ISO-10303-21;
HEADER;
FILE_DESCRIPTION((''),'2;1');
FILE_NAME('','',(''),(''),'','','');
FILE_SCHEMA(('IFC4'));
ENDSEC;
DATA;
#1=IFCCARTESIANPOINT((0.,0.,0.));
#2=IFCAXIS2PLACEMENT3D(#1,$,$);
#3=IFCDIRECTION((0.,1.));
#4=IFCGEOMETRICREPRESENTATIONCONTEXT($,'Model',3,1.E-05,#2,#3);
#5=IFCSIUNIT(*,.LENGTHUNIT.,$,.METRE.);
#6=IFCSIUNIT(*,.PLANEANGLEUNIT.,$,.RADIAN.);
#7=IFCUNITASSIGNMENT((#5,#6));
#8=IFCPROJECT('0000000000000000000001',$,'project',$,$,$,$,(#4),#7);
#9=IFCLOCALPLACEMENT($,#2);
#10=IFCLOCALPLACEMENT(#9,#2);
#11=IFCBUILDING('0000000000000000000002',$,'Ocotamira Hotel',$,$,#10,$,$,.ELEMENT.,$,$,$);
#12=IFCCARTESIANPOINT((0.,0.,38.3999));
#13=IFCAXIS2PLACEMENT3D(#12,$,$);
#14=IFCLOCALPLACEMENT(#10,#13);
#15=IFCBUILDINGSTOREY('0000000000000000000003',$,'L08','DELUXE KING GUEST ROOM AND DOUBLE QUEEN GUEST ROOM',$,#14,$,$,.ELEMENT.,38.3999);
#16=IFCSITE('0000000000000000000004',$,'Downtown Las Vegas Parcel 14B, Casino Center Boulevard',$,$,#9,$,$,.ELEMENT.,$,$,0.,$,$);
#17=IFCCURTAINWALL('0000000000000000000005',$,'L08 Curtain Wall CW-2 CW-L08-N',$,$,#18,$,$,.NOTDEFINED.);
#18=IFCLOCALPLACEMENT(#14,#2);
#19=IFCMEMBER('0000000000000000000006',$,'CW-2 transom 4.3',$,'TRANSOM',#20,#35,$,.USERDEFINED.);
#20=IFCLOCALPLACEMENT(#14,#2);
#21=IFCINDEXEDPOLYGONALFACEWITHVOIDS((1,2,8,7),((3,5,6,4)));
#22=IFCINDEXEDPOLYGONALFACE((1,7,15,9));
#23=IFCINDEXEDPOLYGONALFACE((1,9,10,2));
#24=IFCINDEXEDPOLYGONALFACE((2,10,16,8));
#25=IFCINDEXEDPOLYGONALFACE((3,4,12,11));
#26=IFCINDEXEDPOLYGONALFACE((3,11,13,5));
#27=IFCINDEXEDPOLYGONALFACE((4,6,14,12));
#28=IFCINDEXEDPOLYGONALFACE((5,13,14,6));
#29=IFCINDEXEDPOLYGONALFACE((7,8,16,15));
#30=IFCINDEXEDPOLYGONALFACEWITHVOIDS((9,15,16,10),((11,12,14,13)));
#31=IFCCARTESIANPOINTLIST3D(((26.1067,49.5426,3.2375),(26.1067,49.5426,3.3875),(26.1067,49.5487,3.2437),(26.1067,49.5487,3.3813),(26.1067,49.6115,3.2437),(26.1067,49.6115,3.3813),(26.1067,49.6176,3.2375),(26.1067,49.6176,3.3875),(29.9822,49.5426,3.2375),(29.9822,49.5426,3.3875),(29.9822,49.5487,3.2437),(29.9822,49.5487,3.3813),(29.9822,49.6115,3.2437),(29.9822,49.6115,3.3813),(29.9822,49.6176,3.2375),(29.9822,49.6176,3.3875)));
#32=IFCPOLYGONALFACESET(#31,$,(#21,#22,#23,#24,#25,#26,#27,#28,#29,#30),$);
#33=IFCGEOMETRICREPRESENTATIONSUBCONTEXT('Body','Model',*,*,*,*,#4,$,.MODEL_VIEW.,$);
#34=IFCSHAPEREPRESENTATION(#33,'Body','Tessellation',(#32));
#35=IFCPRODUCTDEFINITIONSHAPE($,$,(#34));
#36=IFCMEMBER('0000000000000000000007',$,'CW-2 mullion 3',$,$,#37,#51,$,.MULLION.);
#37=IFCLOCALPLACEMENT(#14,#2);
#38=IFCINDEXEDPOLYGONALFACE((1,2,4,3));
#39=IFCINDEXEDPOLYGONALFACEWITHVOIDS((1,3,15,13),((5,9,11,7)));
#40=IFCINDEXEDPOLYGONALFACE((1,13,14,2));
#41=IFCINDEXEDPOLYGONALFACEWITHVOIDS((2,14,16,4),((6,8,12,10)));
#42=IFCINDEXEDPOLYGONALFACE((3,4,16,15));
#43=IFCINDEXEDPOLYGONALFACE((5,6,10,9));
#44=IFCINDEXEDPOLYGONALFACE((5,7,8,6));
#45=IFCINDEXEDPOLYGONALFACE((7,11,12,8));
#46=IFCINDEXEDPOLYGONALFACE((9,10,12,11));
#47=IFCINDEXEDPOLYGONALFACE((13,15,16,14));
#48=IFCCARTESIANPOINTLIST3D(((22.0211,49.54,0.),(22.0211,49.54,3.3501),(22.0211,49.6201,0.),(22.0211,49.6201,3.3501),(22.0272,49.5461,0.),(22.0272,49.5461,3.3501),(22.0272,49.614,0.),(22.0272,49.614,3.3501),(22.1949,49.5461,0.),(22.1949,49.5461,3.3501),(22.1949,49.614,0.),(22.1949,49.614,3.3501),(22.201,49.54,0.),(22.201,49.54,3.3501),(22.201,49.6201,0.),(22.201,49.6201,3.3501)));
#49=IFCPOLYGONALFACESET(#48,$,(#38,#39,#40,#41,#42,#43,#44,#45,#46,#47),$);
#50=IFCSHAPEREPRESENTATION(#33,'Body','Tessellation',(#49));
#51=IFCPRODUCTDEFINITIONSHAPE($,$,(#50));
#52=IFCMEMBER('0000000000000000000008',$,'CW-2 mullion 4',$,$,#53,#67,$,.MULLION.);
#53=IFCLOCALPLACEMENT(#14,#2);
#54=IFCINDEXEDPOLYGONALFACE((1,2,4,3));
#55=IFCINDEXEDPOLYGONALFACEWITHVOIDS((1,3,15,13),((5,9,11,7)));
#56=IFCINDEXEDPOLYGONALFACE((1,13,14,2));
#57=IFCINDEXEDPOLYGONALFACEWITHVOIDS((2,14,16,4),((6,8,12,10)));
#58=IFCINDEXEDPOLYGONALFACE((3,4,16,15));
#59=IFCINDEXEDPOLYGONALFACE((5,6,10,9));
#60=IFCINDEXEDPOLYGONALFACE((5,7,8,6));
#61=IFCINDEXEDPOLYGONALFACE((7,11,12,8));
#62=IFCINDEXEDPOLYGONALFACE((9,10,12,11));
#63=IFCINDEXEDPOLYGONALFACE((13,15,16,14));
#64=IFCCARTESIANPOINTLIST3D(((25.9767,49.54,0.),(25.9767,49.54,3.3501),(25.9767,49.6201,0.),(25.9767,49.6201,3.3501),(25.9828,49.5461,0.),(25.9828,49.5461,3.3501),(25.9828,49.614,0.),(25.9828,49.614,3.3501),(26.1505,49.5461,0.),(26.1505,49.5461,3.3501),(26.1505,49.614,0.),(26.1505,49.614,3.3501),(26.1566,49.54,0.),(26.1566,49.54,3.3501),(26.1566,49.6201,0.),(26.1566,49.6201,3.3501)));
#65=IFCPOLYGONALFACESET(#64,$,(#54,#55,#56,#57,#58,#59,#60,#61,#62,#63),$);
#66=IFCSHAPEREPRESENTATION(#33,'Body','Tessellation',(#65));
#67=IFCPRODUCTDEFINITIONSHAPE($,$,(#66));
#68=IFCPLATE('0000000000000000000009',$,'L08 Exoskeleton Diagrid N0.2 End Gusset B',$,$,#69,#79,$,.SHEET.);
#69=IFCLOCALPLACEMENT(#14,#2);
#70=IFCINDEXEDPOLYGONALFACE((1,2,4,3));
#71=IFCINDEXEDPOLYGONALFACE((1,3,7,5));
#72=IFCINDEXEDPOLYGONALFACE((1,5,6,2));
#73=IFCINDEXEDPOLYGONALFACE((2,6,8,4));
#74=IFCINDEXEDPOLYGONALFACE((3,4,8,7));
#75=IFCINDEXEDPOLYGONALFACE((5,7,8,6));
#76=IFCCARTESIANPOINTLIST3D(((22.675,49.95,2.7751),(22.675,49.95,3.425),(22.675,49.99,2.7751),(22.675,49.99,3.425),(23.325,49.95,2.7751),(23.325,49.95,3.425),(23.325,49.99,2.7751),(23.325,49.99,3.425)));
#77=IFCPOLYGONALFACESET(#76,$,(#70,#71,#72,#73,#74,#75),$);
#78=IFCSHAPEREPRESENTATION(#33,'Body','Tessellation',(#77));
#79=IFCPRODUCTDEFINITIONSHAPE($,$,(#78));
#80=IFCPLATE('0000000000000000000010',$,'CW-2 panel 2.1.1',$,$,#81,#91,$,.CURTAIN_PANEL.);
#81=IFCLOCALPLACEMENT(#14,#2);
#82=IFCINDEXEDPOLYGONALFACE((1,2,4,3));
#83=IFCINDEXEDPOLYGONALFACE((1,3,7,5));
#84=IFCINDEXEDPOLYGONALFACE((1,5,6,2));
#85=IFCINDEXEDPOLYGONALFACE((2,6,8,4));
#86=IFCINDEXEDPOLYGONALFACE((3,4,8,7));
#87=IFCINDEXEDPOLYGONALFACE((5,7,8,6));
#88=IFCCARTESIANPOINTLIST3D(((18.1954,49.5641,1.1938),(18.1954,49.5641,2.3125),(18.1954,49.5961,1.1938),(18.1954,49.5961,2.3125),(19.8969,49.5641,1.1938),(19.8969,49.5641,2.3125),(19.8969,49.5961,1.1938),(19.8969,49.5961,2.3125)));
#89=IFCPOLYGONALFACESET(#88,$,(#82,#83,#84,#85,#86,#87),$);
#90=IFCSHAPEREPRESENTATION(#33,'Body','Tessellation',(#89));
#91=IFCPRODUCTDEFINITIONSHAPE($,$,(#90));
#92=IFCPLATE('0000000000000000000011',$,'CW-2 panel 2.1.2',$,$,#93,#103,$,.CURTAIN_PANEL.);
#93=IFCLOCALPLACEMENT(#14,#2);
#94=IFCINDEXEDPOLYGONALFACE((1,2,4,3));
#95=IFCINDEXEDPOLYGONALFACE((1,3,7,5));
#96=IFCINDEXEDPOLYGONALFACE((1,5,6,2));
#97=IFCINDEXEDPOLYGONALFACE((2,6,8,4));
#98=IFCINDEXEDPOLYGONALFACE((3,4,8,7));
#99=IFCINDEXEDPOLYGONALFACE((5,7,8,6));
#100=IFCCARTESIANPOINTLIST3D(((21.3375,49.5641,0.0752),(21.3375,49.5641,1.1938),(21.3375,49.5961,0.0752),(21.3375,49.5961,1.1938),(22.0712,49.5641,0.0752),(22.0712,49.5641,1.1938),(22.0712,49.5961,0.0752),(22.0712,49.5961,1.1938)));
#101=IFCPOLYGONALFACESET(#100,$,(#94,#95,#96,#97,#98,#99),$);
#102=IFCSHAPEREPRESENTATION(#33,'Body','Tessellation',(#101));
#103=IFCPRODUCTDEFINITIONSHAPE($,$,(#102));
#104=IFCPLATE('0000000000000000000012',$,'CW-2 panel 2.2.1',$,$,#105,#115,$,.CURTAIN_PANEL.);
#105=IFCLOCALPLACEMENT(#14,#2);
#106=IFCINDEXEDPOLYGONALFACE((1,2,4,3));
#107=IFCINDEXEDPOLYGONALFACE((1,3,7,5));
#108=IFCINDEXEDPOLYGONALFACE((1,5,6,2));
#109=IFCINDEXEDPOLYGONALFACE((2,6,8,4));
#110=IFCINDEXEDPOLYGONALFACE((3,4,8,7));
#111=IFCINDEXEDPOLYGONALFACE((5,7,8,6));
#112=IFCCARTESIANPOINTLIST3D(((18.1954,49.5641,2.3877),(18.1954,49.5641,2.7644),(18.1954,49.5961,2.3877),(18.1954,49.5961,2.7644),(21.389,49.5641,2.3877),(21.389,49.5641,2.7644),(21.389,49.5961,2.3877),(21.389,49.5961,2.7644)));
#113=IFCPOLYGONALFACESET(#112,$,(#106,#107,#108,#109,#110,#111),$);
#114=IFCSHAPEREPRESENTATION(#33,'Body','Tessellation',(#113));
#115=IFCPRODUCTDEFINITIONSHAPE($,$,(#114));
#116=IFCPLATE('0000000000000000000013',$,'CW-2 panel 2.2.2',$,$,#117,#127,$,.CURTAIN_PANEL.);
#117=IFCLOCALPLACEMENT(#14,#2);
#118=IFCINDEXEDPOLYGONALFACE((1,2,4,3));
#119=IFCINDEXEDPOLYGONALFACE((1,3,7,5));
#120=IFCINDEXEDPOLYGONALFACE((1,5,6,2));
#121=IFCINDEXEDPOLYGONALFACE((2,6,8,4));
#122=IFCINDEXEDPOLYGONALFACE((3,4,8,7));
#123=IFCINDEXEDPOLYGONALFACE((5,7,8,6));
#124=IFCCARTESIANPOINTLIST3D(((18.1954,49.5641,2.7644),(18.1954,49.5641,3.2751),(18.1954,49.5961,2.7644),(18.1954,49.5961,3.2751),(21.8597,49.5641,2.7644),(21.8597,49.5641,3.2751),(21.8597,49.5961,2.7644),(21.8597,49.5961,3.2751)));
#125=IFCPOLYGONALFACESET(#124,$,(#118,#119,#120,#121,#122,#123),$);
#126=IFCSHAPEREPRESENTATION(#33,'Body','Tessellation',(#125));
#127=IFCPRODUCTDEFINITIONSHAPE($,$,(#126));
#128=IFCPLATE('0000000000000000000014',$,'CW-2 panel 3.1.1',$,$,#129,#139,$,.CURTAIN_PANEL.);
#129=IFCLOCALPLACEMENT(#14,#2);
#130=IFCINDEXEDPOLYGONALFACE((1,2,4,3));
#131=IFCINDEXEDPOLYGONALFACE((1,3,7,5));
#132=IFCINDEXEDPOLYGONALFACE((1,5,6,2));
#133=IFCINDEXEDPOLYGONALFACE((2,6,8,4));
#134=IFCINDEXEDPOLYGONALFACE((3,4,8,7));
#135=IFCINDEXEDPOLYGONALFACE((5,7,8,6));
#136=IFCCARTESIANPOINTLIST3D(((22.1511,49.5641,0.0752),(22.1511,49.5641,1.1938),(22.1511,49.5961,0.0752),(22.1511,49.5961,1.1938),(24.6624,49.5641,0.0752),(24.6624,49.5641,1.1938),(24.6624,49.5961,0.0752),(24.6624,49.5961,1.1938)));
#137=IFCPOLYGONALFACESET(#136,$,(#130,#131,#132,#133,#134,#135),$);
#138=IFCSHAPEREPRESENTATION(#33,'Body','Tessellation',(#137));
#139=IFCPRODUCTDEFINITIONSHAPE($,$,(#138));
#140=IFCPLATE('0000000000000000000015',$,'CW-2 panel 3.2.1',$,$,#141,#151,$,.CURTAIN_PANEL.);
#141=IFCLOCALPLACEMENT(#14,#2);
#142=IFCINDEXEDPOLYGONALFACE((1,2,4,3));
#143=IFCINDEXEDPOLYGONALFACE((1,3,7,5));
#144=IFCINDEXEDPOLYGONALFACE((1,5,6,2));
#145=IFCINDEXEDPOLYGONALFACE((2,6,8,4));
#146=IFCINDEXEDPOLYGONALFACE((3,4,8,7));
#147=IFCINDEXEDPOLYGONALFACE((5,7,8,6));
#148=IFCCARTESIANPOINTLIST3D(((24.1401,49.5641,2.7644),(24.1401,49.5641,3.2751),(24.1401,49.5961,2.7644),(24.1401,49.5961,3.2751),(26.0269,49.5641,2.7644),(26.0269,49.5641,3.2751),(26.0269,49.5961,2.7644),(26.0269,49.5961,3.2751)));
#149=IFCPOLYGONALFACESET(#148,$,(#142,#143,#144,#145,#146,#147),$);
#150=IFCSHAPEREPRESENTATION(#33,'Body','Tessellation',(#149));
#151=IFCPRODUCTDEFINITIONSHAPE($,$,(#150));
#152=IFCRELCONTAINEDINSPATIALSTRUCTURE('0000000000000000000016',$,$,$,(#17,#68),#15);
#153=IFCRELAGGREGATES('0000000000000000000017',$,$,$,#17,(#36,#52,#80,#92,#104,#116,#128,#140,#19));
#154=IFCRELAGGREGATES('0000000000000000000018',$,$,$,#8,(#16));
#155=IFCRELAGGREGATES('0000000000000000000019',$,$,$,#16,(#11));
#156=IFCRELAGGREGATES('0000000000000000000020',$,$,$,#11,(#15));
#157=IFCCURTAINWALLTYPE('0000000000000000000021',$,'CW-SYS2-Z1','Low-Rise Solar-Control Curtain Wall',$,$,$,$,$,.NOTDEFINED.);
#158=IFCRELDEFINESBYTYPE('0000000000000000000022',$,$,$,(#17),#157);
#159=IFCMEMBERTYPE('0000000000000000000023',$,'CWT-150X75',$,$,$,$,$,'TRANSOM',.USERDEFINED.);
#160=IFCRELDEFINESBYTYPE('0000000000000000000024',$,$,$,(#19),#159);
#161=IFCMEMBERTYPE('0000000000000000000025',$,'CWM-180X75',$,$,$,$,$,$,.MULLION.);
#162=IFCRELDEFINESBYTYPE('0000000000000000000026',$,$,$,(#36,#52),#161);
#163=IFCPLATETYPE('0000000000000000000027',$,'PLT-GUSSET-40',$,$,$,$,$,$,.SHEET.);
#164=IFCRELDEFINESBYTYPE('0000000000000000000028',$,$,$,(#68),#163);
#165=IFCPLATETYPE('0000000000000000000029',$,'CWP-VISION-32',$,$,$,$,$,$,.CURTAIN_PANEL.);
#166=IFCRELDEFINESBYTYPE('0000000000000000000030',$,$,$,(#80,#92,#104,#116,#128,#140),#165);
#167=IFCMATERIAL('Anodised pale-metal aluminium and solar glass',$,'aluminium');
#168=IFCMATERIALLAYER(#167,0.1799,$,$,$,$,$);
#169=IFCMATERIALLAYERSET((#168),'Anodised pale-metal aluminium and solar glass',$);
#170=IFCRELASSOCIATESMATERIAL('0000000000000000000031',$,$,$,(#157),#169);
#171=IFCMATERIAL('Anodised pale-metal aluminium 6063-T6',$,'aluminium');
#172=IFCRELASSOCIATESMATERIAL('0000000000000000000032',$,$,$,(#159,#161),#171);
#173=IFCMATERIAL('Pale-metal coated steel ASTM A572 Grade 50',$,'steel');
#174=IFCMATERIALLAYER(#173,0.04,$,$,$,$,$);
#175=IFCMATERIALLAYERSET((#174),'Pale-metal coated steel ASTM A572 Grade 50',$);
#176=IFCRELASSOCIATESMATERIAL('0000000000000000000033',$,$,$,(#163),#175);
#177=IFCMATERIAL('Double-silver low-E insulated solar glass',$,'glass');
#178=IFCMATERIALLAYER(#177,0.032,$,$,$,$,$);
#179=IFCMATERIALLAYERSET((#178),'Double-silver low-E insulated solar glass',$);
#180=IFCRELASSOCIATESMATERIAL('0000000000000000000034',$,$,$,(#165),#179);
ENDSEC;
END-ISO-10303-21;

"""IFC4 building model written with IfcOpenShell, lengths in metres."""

from ifc_helpers import new_model, si_unit, direction, frame, origin, origin_2d, place, context, subcontext, project, spatial, rectangle, hollow_rectangle, extrude, source, transform, mapped, material, layer, layer_set, material_profile, profile_set, type_object, element, aggregate, save


model = new_model("IFC4")

# Units and contexts
model_context = context("Model", 3, precision=1e-05, world=origin(), true_north=direction((0.0, 1.0)))
body_context = subcontext(model_context, "Body", "Model", "MODEL_VIEW")
ifc_project = project(units=[si_unit("LENGTHUNIT", "METRE"), si_unit("PLANEANGLEUNIT", "RADIAN")], contexts=[model_context])

# Site, building, storey
site_placement = place(None, origin())
site = spatial("IfcSite", under=ifc_project, at=site_placement, Name="Downtown Las Vegas Parcel 14B, Casino Center Boulevard", CompositionType="ELEMENT", RefElevation=0.0)
building_placement = place(site_placement, origin())
building = spatial("IfcBuilding", under=site, at=building_placement, Name="Ocotamira Hotel", CompositionType="ELEMENT")
storey_placement = place(building_placement, frame((0.0, 0.0, 38.3999)))
storey = spatial("IfcBuildingStorey", under=building, at=storey_placement, Name="L08", Description="DELUXE KING GUEST ROOM AND DOUBLE QUEEN GUEST ROOM", CompositionType="ELEMENT", Elevation=38.3999)

# Curtain wall, members
ifc_material_1 = material(Name="Anodised pale-metal aluminium and solar glass", Category="aluminium")
ifc_layer_1 = layer(ifc_material_1, 0.1799)
ifc_layer_set_1 = layer_set([ifc_layer_1], Name="Anodised pale-metal aluminium and solar glass")
curtain_wall_type = type_object("IfcCurtainWallType", Name="CW-SYS2-Z1", Description="Low-Rise Solar-Control Curtain Wall", PredefinedType="NOTDEFINED", material=ifc_layer_set_1)
curtain_wall_placement = place(storey_placement, origin())
curtain_wall = element("IfcCurtainWall", 1, at=curtain_wall_placement, inside=storey, type_object=curtain_wall_type, Name="L08 Curtain Wall CW-2 CW-L08-N", PredefinedType="NOTDEFINED")
ifc_material_2 = material(Name="Anodised pale-metal aluminium 6063-T6", Category="aluminium")
ifc_material_profile_1 = material_profile(ifc_material_2, hollow_rectangle(XDim=0.075, YDim=0.1499, WallThickness=0.0061, at=origin_2d()), Name="HSS150X75X6")
ifc_profile_set_1 = profile_set([ifc_material_profile_1], Name="Anodised pale-metal aluminium 6063-T6")
member_type_1 = type_object("IfcMemberType", Name="CWT-150X75", ElementType="TRANSOM", PredefinedType="USERDEFINED", material=ifc_profile_set_1)
shared_shape_1 = source(origin(), body_context, "Body", "SweptSolid", [
    extrude(hollow_rectangle(XDim=0.075, YDim=0.1499, WallThickness=0.0061, at=origin_2d()), origin(), (0.0, 0.0, 1.0), 3.8755),
])
member_1_placement = place(storey_placement, frame((26.1067, 49.5801, 3.3125), z_axis=(1.0, 0.0, 0.0), x_axis=(0.0, 1.0, 0.0)))
member_1 = element("IfcMember", 2, at=member_1_placement, type_object=member_type_1, Name="CW-2 transom 4.3", ObjectType="TRANSOM", PredefinedType="USERDEFINED", context=body_context, shape_type="MappedRepresentation", body=[
    mapped(shared_shape_1, transform((0.0, 0.0, 0.0), scale=1.0)),
])
ifc_material_profile_2 = material_profile(ifc_material_2, hollow_rectangle(XDim=0.0801, YDim=0.1799, WallThickness=0.0061, at=origin_2d()), Name="HSS180X80X6")
ifc_profile_set_2 = profile_set([ifc_material_profile_2], Name="Anodised pale-metal aluminium 6063-T6")
member_type_2 = type_object("IfcMemberType", Name="CWM-180X75", PredefinedType="MULLION", material=ifc_profile_set_2)
shared_shape_2 = source(origin(), body_context, "Body", "SweptSolid", [
    extrude(hollow_rectangle(XDim=0.0801, YDim=0.1799, WallThickness=0.0061, at=origin_2d()), origin(), (0.0, 0.0, 1.0), 3.3501),
])
member_2_placement = place(storey_placement, frame((22.1111, 49.5801, 0.0), z_axis=(0.0, 0.0, 1.0), x_axis=(0.0, 1.0, 0.0)))
member_2 = element("IfcMember", 3, at=member_2_placement, type_object=member_type_2, Name="CW-2 mullion 3", PredefinedType="MULLION", context=body_context, shape_type="MappedRepresentation", body=[
    mapped(shared_shape_2, transform((0.0, 0.0, 0.0), scale=1.0)),
])
member_3_placement = place(storey_placement, frame((26.0667, 49.5801, 0.0), z_axis=(0.0, 0.0, 1.0), x_axis=(0.0, 1.0, 0.0)))
member_3 = element("IfcMember", 4, at=member_3_placement, type_object=member_type_2, Name="CW-2 mullion 4", PredefinedType="MULLION", context=body_context, shape_type="MappedRepresentation", body=[
    mapped(shared_shape_2, transform((0.0, 0.0, 0.0), scale=1.0)),
])

# Plates
ifc_material_3 = material(Name="Pale-metal coated steel ASTM A572 Grade 50", Category="steel")
ifc_layer_2 = layer(ifc_material_3, 0.04)
ifc_layer_set_2 = layer_set([ifc_layer_2], Name="Pale-metal coated steel ASTM A572 Grade 50")
plate_type_1 = type_object("IfcPlateType", Name="PLT-GUSSET-40", PredefinedType="SHEET", material=ifc_layer_set_2)
shared_shape_3 = source(origin(), body_context, "Body", "SweptSolid", [
    extrude(rectangle(XDim=0.6499, YDim=0.04, at=origin_2d()), origin(), (0.0, 0.0, 1.0), 0.6499),
])
plate_1_placement = place(storey_placement, frame((23.0, 49.97, 2.7751), z_axis=(0.0, 0.0, 1.0), x_axis=(1.0, 0.0, 0.0)))
element("IfcPlate", 5, at=plate_1_placement, inside=storey, type_object=plate_type_1, Name="L08 Exoskeleton Diagrid N0.2 End Gusset B", PredefinedType="SHEET", context=body_context, shape_type="MappedRepresentation", body=[
    mapped(shared_shape_3, transform((0.0, 0.0, 0.0), scale=1.0)),
])
ifc_material_4 = material(Name="Double-silver low-E insulated solar glass", Category="glass")
ifc_layer_3 = layer(ifc_material_4, 0.032)
ifc_layer_set_3 = layer_set([ifc_layer_3], Name="Double-silver low-E insulated solar glass")
plate_type_2 = type_object("IfcPlateType", Name="CWP-VISION-32", PredefinedType="CURTAIN_PANEL", material=ifc_layer_set_3)
shared_shape_4 = source(origin(), body_context, "Body", "SweptSolid", [
    extrude(rectangle(XDim=1.7014, YDim=0.032, at=origin_2d()), origin(), (0.0, 0.0, 1.0), 1.1187),
])
plate_2_placement = place(storey_placement, frame((19.0461, 49.5801, 1.1938), z_axis=(0.0, 0.0, 1.0), x_axis=(1.0, 0.0, 0.0)))
plate_2 = element("IfcPlate", 6, at=plate_2_placement, type_object=plate_type_2, Name="CW-2 panel 2.1.1", PredefinedType="CURTAIN_PANEL", context=body_context, shape_type="MappedRepresentation", body=[
    mapped(shared_shape_4, transform((0.0, 0.0, 0.0), scale=1.0)),
])
shared_shape_5 = source(origin(), body_context, "Body", "SweptSolid", [
    extrude(rectangle(XDim=0.7336, YDim=0.032, at=origin_2d()), origin(), (0.0, 0.0, 1.0), 1.1187),
])
plate_3_placement = place(storey_placement, frame((21.7043, 49.5801, 0.0752), z_axis=(0.0, 0.0, 1.0), x_axis=(1.0, 0.0, 0.0)))
plate_3 = element("IfcPlate", 7, at=plate_3_placement, type_object=plate_type_2, Name="CW-2 panel 2.1.2", PredefinedType="CURTAIN_PANEL", context=body_context, shape_type="MappedRepresentation", body=[
    mapped(shared_shape_5, transform((0.0, 0.0, 0.0), scale=1.0)),
])
shared_shape_6 = source(origin(), body_context, "Body", "SweptSolid", [
    extrude(rectangle(XDim=3.1936, YDim=0.032, at=origin_2d()), origin(), (0.0, 0.0, 1.0), 0.3767),
])
plate_4_placement = place(storey_placement, frame((19.7922, 49.5801, 2.3877), z_axis=(0.0, 0.0, 1.0), x_axis=(1.0, 0.0, 0.0)))
plate_4 = element("IfcPlate", 8, at=plate_4_placement, type_object=plate_type_2, Name="CW-2 panel 2.2.1", PredefinedType="CURTAIN_PANEL", context=body_context, shape_type="MappedRepresentation", body=[
    mapped(shared_shape_6, transform((0.0, 0.0, 0.0), scale=1.0)),
])
shared_shape_7 = source(origin(), body_context, "Body", "SweptSolid", [
    extrude(rectangle(XDim=3.6643, YDim=0.032, at=origin_2d()), origin(), (0.0, 0.0, 1.0), 0.5107),
])
plate_5_placement = place(storey_placement, frame((20.0276, 49.5801, 2.7644), z_axis=(0.0, 0.0, 1.0), x_axis=(1.0, 0.0, 0.0)))
plate_5 = element("IfcPlate", 9, at=plate_5_placement, type_object=plate_type_2, Name="CW-2 panel 2.2.2", PredefinedType="CURTAIN_PANEL", context=body_context, shape_type="MappedRepresentation", body=[
    mapped(shared_shape_7, transform((0.0, 0.0, 0.0), scale=1.0)),
])
shared_shape_8 = source(origin(), body_context, "Body", "SweptSolid", [
    extrude(rectangle(XDim=2.5112, YDim=0.032, at=origin_2d()), origin(), (0.0, 0.0, 1.0), 1.1187),
])
plate_6_placement = place(storey_placement, frame((23.4067, 49.5801, 0.0752), z_axis=(0.0, 0.0, 1.0), x_axis=(1.0, 0.0, 0.0)))
plate_6 = element("IfcPlate", 10, at=plate_6_placement, type_object=plate_type_2, Name="CW-2 panel 3.1.1", PredefinedType="CURTAIN_PANEL", context=body_context, shape_type="MappedRepresentation", body=[
    mapped(shared_shape_8, transform((0.0, 0.0, 0.0), scale=1.0)),
])
shared_shape_9 = source(origin(), body_context, "Body", "SweptSolid", [
    extrude(rectangle(XDim=1.8867, YDim=0.032, at=origin_2d()), origin(), (0.0, 0.0, 1.0), 0.5107),
])
plate_7_placement = place(storey_placement, frame((25.0835, 49.5801, 2.7644), z_axis=(0.0, 0.0, 1.0), x_axis=(1.0, 0.0, 0.0)))
plate_7 = element("IfcPlate", 11, at=plate_7_placement, type_object=plate_type_2, Name="CW-2 panel 3.2.1", PredefinedType="CURTAIN_PANEL", context=body_context, shape_type="MappedRepresentation", body=[
    mapped(shared_shape_9, transform((0.0, 0.0, 0.0), scale=1.0)),
])
aggregate(curtain_wall, [member_2, member_3, plate_2, plate_3, plate_4, plate_5, plate_6, plate_7, member_1])

save(model, "model.ifc")
